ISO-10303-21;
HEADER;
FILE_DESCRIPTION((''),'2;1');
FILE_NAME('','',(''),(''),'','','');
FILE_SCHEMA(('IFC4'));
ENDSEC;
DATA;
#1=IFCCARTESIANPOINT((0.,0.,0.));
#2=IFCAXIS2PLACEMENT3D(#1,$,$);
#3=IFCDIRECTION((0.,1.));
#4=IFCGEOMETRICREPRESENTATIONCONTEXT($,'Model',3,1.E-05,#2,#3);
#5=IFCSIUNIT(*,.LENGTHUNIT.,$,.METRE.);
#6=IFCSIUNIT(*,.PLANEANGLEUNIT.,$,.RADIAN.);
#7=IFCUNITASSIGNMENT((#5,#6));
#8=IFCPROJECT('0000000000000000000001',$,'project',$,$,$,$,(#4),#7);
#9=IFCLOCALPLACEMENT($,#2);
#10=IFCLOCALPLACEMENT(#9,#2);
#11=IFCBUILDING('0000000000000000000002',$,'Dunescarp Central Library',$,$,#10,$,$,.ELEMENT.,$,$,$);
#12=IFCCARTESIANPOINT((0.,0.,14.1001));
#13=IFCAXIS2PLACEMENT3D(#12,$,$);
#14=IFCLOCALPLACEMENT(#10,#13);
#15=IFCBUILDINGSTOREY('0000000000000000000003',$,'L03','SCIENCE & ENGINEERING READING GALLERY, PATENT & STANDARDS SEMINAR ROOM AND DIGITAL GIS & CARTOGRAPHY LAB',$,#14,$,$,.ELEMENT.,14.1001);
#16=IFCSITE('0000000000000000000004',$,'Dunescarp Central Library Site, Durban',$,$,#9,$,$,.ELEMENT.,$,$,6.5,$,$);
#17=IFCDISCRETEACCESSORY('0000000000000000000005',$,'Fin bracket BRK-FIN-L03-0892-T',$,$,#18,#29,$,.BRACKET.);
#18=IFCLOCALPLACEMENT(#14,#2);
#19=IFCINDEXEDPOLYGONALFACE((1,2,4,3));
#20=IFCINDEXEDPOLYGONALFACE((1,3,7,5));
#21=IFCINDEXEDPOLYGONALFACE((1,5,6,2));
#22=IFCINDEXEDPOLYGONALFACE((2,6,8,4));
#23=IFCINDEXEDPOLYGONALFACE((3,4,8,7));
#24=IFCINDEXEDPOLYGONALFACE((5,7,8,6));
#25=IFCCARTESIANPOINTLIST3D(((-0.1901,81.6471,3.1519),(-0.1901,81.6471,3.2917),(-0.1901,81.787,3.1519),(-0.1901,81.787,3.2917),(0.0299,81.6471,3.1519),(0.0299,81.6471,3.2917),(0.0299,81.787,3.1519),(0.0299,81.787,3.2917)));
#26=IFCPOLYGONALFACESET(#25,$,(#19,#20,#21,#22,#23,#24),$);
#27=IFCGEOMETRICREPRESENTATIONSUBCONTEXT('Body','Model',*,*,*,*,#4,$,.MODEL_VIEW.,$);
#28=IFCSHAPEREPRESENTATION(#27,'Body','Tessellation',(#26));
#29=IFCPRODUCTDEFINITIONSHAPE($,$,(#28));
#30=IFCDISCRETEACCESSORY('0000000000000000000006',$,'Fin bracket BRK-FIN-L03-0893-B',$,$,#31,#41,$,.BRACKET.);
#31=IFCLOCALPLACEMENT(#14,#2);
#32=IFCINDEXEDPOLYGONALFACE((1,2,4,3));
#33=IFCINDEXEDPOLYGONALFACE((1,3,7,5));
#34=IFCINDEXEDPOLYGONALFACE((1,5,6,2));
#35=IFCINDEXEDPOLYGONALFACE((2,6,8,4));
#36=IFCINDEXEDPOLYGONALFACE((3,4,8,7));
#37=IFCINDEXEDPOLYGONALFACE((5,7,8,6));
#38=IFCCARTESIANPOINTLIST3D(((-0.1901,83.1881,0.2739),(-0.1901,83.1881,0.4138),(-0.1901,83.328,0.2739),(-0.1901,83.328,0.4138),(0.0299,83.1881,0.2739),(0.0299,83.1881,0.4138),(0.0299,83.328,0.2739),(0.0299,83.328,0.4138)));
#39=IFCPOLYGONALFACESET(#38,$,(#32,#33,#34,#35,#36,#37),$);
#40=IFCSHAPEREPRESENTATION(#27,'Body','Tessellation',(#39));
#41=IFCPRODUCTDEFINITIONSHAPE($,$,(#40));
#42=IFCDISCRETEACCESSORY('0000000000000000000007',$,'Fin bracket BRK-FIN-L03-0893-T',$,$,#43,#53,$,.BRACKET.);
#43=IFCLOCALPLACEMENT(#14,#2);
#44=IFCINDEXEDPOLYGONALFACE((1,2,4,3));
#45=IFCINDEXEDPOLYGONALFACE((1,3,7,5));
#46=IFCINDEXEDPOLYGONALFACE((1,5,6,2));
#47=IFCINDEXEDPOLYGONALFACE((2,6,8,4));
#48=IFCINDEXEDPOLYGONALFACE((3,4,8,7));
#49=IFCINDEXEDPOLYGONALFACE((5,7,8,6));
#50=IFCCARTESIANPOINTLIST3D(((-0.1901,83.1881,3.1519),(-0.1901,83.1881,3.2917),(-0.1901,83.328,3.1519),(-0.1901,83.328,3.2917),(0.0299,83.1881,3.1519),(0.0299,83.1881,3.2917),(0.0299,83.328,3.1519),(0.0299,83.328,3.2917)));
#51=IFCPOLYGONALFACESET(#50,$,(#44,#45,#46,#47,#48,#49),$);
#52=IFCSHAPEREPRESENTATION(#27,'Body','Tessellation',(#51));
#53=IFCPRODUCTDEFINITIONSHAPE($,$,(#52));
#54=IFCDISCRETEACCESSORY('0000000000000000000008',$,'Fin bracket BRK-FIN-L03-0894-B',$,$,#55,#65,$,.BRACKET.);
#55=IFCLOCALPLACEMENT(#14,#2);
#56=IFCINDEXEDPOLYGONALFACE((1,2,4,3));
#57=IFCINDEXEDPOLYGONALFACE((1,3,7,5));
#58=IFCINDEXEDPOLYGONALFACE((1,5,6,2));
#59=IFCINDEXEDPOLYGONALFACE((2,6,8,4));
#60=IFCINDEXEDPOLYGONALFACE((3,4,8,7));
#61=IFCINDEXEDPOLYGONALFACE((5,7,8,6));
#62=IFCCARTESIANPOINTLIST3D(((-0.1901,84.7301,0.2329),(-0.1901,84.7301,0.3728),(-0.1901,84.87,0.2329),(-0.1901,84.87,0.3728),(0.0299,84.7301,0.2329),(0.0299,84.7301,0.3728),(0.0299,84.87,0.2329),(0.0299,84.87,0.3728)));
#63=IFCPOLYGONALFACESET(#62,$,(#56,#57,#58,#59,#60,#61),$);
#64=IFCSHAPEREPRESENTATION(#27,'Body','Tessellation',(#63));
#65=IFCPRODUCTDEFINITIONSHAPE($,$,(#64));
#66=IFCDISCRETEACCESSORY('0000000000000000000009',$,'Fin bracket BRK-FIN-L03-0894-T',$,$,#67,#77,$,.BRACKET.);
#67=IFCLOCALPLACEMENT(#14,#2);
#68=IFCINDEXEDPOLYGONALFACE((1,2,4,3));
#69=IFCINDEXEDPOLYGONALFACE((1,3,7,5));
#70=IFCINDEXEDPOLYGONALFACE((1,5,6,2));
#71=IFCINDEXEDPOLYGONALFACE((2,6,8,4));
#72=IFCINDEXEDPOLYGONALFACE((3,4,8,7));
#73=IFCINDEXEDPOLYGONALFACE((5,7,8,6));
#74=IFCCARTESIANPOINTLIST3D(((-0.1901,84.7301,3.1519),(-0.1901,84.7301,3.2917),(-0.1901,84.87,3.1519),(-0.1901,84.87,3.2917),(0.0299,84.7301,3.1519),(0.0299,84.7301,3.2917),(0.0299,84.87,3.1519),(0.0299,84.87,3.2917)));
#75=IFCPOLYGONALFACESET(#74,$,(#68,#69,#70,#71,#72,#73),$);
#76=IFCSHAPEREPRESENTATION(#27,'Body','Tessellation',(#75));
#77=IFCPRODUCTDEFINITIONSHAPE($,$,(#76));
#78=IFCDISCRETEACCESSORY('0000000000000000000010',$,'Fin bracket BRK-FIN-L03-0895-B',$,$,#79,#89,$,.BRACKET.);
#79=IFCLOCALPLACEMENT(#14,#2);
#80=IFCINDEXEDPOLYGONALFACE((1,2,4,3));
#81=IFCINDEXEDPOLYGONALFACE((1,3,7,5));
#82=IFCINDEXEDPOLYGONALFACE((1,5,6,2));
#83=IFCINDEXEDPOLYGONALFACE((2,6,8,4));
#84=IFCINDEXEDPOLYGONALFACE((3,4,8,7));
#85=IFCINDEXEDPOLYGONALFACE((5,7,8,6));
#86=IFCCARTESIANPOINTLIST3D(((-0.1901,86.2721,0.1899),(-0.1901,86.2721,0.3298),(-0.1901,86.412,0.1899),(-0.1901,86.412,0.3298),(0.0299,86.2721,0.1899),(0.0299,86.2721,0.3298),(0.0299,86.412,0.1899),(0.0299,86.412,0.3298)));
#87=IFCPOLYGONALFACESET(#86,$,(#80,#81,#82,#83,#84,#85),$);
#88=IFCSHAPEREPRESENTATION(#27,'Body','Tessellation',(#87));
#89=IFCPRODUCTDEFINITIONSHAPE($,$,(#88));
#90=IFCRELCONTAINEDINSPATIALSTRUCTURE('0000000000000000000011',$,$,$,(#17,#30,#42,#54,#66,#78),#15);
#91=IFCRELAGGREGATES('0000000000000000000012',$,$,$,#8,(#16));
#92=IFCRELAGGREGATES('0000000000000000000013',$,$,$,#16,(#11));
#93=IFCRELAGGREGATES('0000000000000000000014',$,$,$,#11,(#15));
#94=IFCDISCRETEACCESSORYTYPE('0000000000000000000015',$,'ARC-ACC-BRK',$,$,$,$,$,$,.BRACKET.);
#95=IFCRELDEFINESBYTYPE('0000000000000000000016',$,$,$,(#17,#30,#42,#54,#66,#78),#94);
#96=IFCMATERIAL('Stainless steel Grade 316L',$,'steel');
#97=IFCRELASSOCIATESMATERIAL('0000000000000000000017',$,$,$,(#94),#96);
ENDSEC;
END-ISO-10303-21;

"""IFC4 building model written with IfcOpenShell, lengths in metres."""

from ifc_helpers import new_model, si_unit, direction, frame, origin, origin_2d, place, context, subcontext, project, spatial, rectangle, extrude, material, type_object, element, save


model = new_model("IFC4")

# Units and contexts
model_context = context("Model", 3, precision=1e-05, world=origin(), true_north=direction((0.0, 1.0)))
body_context = subcontext(model_context, "Body", "Model", "MODEL_VIEW")
ifc_project = project(units=[si_unit("LENGTHUNIT", "METRE"), si_unit("PLANEANGLEUNIT", "RADIAN")], contexts=[model_context])

# Site, building, storey
site_placement = place(None, origin())
site = spatial("IfcSite", under=ifc_project, at=site_placement, Name="Dunescarp Central Library Site, Durban", CompositionType="ELEMENT", RefElevation=6.5)
building_placement = place(site_placement, origin())
building = spatial("IfcBuilding", under=site, at=building_placement, Name="Dunescarp Central Library", CompositionType="ELEMENT")
storey_placement = place(building_placement, frame((0.0, 0.0, 14.1001)))
storey = spatial("IfcBuildingStorey", under=building, at=storey_placement, Name="L03", Description="SCIENCE & ENGINEERING READING GALLERY, PATENT & STANDARDS SEMINAR ROOM AND DIGITAL GIS & CARTOGRAPHY LAB", CompositionType="ELEMENT", Elevation=14.1001)

# Discrete accessories
ifc_material_1 = material(Name="Stainless steel Grade 316L", Category="steel")
discrete_accessory_type = type_object("IfcDiscreteAccessoryType", Name="ARC-ACC-BRK", PredefinedType="BRACKET", material=ifc_material_1)
for number, where, z_axis, x_axis, name in (
    (1, (-0.0801, 81.717, 3.1519), (0.0, 0.0, 1.0), (-1.0, 0.0, 0.0), "Fin bracket BRK-FIN-L03-0892-T"),
    (2, (-0.0801, 83.2581, 0.2739), (0.0, 0.0, 1.0), (-1.0, 0.0, 0.0), "Fin bracket BRK-FIN-L03-0893-B"),
    (3, (-0.0801, 83.2581, 3.1519), (0.0, 0.0, 1.0), (-1.0, 0.0, 0.0), "Fin bracket BRK-FIN-L03-0893-T"),
    (4, (-0.0801, 84.8, 0.2329), (0.0, 0.0, 1.0), (-1.0, 0.0, 0.0), "Fin bracket BRK-FIN-L03-0894-B"),
    (5, (-0.0801, 84.8, 3.1519), (0.0, 0.0, 1.0), (-1.0, 0.0, 0.0), "Fin bracket BRK-FIN-L03-0894-T"),
    (6, (-0.0801, 86.342, 0.1899), (0.0, 0.0, 1.0), (-1.0, 0.0, 0.0), "Fin bracket BRK-FIN-L03-0895-B"),
):
    element("IfcDiscreteAccessory", number, at=place(storey_placement, frame(where, z_axis=z_axis, x_axis=x_axis)), inside=storey, type_object=discrete_accessory_type, Name=name, PredefinedType="BRACKET", context=body_context, shape_type="SweptSolid", body=[
        extrude(rectangle(XDim=0.22, YDim=0.1399, at=origin_2d()), origin(), (0.0, 0.0, 1.0), 0.1399),
    ])

save(model, "model.ifc")
